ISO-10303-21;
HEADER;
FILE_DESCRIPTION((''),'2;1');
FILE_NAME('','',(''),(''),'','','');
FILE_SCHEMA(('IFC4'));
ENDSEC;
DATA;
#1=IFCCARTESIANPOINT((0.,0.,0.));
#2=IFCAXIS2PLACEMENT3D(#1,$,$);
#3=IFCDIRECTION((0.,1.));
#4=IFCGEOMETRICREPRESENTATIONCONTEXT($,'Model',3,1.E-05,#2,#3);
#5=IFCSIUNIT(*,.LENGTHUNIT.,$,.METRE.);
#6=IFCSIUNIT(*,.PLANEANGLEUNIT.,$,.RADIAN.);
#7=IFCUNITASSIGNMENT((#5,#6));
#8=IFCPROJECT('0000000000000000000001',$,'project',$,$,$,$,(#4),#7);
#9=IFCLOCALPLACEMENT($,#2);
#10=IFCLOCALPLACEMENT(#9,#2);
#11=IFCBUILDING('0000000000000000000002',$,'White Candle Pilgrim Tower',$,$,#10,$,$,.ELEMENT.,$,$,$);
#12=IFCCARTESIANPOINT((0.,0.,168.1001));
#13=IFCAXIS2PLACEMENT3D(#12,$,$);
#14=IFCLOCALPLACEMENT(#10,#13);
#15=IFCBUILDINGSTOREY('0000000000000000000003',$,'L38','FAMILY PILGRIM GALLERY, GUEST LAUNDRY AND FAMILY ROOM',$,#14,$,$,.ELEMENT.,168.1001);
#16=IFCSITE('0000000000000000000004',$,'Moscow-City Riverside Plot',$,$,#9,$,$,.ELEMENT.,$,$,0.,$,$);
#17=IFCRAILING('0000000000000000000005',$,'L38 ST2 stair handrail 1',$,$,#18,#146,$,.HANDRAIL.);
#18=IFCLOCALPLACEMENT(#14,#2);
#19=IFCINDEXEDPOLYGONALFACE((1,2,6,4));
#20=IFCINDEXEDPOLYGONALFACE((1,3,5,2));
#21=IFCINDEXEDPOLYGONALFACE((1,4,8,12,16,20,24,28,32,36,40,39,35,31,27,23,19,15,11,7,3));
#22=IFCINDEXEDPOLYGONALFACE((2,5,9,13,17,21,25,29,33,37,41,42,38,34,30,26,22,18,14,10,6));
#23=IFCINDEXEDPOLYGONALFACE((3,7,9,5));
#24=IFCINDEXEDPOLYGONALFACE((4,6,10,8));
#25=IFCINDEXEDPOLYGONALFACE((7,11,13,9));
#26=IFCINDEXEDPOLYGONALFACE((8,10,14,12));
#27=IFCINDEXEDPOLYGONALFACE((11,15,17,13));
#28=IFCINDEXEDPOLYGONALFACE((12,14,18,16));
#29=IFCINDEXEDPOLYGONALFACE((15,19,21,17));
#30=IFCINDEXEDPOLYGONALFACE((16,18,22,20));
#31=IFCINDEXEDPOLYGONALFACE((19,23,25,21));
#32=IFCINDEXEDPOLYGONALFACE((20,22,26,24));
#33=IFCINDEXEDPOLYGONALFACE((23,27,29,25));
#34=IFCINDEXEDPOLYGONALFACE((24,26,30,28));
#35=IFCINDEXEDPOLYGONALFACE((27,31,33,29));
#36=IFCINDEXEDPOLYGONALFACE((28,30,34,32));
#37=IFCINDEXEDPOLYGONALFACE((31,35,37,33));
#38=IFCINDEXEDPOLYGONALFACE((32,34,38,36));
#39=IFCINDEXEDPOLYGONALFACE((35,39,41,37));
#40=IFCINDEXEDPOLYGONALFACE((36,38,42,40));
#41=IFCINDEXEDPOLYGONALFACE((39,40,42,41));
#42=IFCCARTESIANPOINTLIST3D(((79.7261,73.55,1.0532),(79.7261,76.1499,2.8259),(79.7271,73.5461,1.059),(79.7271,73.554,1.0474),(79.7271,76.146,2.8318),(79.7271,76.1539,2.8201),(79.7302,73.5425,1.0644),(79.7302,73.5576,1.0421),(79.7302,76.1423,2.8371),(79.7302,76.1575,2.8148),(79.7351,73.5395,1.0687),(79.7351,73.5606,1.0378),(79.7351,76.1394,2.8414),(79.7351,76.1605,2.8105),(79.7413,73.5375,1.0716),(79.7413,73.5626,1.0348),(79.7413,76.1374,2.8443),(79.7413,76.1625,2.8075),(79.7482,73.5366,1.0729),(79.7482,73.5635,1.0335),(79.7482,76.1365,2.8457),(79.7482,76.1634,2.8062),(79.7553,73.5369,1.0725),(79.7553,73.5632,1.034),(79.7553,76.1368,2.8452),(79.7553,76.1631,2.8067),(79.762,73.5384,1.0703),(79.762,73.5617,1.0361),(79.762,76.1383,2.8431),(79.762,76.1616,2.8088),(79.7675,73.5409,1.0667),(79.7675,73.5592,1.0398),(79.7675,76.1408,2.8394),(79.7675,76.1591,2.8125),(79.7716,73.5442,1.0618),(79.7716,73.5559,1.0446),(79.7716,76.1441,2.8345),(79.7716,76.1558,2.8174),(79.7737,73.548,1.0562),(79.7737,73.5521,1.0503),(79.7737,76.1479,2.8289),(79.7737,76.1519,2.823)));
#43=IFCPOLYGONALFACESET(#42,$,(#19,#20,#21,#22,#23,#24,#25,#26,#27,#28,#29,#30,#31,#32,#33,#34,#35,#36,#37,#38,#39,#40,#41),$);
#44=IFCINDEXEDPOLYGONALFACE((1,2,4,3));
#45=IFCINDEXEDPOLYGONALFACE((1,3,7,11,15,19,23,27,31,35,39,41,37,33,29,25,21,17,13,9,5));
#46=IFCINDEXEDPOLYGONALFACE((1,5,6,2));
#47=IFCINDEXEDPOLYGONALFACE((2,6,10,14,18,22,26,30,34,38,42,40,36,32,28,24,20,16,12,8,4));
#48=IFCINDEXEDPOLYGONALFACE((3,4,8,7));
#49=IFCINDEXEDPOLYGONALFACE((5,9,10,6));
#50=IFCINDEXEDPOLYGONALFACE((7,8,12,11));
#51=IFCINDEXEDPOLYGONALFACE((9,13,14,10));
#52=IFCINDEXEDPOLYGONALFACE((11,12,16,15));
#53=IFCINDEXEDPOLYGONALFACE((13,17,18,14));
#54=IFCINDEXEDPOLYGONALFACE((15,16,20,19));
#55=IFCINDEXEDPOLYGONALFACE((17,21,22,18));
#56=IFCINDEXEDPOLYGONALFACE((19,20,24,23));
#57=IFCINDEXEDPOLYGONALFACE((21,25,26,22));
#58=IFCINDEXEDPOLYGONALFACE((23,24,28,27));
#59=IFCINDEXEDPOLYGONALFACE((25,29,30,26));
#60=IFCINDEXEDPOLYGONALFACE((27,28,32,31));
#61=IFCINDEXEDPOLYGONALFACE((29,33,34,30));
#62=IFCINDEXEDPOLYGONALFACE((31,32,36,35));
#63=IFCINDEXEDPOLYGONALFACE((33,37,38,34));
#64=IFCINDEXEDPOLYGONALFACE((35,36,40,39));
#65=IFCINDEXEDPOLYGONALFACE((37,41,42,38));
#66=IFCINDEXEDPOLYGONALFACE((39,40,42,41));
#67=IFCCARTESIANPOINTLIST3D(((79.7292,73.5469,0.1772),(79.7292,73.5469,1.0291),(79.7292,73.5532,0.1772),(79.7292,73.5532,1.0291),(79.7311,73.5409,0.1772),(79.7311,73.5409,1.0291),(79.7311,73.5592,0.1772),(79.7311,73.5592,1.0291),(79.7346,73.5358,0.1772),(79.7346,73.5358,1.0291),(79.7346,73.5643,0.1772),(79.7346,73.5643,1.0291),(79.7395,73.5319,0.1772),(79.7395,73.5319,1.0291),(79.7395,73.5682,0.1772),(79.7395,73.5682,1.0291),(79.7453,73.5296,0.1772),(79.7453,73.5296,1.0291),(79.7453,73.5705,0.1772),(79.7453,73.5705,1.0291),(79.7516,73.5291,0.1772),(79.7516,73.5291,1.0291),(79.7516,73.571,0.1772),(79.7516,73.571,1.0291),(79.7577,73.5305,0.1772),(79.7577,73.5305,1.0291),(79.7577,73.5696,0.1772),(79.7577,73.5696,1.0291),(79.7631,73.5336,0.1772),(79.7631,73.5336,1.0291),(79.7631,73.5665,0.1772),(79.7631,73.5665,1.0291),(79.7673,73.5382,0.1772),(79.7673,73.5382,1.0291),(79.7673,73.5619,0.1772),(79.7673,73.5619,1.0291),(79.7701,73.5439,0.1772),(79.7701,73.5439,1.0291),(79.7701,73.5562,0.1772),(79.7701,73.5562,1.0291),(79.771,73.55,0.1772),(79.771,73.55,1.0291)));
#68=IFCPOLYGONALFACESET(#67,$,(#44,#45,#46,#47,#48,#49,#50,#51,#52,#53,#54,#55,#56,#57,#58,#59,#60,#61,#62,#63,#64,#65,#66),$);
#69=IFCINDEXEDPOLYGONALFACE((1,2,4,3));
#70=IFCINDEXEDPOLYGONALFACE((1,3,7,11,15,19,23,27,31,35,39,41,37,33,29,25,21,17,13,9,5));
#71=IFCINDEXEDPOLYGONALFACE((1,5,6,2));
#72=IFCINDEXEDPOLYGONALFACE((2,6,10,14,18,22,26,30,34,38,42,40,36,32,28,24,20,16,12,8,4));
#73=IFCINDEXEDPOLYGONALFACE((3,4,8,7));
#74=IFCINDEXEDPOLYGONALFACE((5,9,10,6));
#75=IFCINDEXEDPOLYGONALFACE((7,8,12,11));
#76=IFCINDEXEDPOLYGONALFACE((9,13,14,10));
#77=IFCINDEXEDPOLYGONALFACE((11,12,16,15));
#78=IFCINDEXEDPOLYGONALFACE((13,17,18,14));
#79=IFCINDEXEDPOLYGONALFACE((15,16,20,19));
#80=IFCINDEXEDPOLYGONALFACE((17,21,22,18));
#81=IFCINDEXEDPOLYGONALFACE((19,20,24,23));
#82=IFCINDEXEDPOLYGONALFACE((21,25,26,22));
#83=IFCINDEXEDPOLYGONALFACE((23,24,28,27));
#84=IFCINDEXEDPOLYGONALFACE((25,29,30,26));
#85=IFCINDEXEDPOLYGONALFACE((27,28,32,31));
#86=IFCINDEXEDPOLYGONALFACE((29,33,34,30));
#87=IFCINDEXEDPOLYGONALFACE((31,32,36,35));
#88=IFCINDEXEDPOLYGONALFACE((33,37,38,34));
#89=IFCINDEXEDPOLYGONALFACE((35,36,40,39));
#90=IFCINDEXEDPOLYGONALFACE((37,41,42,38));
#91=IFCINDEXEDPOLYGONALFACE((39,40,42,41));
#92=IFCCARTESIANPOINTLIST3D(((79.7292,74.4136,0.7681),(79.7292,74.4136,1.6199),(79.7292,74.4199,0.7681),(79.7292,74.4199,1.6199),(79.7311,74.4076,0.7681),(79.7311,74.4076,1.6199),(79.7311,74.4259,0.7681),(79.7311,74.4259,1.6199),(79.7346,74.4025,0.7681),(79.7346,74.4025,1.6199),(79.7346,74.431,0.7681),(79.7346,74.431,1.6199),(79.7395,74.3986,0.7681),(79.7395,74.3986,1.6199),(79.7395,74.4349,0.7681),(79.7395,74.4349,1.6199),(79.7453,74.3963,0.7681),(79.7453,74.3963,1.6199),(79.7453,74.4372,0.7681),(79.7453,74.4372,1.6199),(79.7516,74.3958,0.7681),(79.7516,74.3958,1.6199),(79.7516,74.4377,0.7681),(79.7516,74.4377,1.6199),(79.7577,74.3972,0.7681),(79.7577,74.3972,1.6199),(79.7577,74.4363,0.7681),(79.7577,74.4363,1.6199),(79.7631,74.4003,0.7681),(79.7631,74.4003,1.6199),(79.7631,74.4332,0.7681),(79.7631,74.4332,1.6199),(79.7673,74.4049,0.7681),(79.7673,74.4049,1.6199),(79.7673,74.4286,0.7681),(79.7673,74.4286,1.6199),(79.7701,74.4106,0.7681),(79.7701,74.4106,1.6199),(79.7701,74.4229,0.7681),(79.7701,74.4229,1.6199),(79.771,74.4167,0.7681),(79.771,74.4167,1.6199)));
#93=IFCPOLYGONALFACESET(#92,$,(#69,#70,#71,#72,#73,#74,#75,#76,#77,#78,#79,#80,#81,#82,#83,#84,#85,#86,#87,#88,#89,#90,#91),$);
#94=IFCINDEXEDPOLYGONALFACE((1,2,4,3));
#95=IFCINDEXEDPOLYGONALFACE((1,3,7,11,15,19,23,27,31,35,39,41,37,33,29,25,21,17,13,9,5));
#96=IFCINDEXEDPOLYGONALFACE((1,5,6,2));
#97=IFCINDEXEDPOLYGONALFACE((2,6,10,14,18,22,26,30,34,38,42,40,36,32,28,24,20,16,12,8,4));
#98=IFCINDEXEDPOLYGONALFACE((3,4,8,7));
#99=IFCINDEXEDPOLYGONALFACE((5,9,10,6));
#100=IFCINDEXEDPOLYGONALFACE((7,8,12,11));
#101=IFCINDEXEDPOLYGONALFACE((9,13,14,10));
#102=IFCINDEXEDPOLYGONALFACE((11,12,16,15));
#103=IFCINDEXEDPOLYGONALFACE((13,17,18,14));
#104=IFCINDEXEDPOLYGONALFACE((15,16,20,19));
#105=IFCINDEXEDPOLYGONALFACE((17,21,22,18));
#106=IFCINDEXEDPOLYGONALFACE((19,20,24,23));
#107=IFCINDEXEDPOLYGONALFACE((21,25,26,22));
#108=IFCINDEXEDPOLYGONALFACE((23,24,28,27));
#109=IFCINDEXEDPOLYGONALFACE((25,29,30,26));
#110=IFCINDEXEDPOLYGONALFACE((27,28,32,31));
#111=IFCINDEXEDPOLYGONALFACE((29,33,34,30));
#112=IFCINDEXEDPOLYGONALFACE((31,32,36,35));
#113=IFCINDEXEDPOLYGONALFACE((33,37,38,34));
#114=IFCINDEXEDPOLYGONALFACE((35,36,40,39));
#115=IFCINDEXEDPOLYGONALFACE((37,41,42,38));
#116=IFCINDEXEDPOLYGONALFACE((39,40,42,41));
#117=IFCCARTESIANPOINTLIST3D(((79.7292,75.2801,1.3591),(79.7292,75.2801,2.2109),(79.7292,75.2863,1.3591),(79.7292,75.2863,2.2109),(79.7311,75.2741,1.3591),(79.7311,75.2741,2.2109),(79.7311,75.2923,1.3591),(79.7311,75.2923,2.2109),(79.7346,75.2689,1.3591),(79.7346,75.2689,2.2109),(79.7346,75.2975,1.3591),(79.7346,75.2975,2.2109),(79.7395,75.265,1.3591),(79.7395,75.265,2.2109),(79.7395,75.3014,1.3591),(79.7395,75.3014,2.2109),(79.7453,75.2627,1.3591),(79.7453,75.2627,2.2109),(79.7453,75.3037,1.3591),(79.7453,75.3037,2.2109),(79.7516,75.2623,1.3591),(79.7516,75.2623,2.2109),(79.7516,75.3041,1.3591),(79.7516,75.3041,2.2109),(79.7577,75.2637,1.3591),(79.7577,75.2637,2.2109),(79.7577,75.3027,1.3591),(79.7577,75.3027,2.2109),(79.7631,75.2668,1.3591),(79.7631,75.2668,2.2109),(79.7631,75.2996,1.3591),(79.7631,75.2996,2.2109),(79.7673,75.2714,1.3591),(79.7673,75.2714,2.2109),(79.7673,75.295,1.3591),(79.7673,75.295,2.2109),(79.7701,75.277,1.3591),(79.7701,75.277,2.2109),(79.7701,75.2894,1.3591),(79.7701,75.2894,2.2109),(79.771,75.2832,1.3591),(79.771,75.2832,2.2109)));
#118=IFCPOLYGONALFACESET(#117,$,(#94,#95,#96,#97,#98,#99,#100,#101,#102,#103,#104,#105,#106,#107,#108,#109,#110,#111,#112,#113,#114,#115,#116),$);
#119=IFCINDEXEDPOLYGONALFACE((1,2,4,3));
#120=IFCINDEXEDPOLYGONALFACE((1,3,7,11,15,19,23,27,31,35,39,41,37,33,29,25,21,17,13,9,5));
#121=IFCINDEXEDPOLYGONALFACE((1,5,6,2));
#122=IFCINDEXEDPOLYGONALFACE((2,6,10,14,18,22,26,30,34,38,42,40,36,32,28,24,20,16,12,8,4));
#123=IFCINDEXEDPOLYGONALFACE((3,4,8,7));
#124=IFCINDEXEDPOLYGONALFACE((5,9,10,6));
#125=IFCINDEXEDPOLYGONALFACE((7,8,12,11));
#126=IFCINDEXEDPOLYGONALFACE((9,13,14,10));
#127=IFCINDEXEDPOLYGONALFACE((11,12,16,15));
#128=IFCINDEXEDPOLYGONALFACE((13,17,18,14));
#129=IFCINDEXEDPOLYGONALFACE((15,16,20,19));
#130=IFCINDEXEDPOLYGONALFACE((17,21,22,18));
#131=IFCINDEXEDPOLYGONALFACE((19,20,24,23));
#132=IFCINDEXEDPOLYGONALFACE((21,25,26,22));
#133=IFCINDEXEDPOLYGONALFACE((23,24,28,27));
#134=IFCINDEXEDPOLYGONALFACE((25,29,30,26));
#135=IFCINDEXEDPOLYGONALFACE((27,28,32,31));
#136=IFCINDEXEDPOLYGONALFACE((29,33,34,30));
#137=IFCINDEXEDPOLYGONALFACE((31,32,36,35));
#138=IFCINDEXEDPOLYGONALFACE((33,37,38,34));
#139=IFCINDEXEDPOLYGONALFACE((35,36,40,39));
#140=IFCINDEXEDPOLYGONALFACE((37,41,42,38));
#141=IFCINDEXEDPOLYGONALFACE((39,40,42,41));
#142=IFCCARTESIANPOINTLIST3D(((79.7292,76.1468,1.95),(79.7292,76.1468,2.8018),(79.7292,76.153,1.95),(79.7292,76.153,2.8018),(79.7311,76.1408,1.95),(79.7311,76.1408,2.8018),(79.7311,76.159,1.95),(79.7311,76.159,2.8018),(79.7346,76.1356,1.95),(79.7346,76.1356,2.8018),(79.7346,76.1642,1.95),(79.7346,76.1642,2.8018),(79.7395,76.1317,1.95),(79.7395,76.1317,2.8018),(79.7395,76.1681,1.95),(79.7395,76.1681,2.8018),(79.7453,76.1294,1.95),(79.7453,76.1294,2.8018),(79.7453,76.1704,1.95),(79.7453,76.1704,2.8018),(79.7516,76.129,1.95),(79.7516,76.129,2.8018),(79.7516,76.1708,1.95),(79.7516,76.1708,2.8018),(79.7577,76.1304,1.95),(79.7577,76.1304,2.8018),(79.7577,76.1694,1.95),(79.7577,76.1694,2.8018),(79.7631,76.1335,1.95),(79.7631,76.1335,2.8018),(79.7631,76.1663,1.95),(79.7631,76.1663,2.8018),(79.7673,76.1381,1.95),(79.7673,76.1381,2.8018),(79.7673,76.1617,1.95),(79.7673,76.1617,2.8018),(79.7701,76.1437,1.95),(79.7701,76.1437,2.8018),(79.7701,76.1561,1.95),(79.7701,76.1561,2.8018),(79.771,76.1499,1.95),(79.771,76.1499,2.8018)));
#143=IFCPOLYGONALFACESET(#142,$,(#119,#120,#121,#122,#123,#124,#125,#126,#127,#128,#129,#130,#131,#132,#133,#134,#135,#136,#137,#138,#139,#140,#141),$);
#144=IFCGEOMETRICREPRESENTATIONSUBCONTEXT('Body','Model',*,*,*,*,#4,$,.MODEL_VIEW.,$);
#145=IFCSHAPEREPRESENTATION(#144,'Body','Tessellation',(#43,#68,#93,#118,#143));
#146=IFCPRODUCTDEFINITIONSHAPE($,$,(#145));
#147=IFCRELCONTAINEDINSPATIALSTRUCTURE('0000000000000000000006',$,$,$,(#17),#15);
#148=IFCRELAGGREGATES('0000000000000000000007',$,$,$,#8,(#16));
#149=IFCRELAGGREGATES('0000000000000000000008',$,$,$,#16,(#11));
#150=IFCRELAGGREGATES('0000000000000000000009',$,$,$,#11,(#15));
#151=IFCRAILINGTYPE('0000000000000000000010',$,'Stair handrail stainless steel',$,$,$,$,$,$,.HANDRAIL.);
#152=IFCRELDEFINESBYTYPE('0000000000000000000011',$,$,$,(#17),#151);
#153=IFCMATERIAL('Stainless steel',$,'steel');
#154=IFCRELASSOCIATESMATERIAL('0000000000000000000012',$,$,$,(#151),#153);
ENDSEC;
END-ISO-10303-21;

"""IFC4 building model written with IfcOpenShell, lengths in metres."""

from ifc_helpers import new_model, si_unit, direction, frame, origin, origin_2d, place, context, subcontext, project, spatial, circle, extrude, material, type_object, element, save


model = new_model("IFC4")

# Units and contexts
model_context = context("Model", 3, precision=1e-05, world=origin(), true_north=direction((0.0, 1.0)))
body_context = subcontext(model_context, "Body", "Model", "MODEL_VIEW")
ifc_project = project(units=[si_unit("LENGTHUNIT", "METRE"), si_unit("PLANEANGLEUNIT", "RADIAN")], contexts=[model_context])

# Site, building, storey
site_placement = place(None, origin())
site = spatial("IfcSite", under=ifc_project, at=site_placement, Name="Moscow-City Riverside Plot", CompositionType="ELEMENT", RefElevation=0.0)
building_placement = place(site_placement, origin())
building = spatial("IfcBuilding", under=site, at=building_placement, Name="White Candle Pilgrim Tower", CompositionType="ELEMENT")
storey_placement = place(building_placement, frame((0.0, 0.0, 168.1001)))
storey = spatial("IfcBuildingStorey", under=building, at=storey_placement, Name="L38", Description="FAMILY PILGRIM GALLERY, GUEST LAUNDRY AND FAMILY ROOM", CompositionType="ELEMENT", Elevation=168.1001)

# Railing
ifc_material_1 = material(Name="Stainless steel", Category="steel")
railing_type_1 = type_object("IfcRailingType", Name="Stair handrail stainless steel", PredefinedType="HANDRAIL", material=ifc_material_1)
railing_1_placement = place(storey_placement, frame((79.75, 73.55, 0.1772)))
element("IfcRailing", 1, at=railing_1_placement, inside=storey, type_object=railing_type_1, Name="L38 ST2 stair handrail 1", PredefinedType="HANDRAIL", context=body_context, shape_type="SweptSolid", body=[
    extrude(circle(Radius=0.0239, at=origin_2d()), frame((0.0, 0.0, 0.876), z_axis=(0.0, 0.826216, 0.563354), x_axis=(-1.0, 0.0, 0.0)), (0.0, 0.0, 1.0), 3.1467),
    extrude(circle(Radius=0.021, at=origin_2d()), origin(), (0.0, 0.0, 1.0), 0.8518),
    extrude(circle(Radius=0.021, at=origin_2d()), frame((0.0, 0.8667, 0.5908)), (0.0, 0.0, 1.0), 0.8518),
    extrude(circle(Radius=0.021, at=origin_2d()), frame((0.0, 1.7332, 1.1819)), (0.0, 0.0, 1.0), 0.8518),
    extrude(circle(Radius=0.021, at=origin_2d()), frame((0.0, 2.5999, 1.7727)), (0.0, 0.0, 1.0), 0.8518),
])

save(model, "model.ifc")
